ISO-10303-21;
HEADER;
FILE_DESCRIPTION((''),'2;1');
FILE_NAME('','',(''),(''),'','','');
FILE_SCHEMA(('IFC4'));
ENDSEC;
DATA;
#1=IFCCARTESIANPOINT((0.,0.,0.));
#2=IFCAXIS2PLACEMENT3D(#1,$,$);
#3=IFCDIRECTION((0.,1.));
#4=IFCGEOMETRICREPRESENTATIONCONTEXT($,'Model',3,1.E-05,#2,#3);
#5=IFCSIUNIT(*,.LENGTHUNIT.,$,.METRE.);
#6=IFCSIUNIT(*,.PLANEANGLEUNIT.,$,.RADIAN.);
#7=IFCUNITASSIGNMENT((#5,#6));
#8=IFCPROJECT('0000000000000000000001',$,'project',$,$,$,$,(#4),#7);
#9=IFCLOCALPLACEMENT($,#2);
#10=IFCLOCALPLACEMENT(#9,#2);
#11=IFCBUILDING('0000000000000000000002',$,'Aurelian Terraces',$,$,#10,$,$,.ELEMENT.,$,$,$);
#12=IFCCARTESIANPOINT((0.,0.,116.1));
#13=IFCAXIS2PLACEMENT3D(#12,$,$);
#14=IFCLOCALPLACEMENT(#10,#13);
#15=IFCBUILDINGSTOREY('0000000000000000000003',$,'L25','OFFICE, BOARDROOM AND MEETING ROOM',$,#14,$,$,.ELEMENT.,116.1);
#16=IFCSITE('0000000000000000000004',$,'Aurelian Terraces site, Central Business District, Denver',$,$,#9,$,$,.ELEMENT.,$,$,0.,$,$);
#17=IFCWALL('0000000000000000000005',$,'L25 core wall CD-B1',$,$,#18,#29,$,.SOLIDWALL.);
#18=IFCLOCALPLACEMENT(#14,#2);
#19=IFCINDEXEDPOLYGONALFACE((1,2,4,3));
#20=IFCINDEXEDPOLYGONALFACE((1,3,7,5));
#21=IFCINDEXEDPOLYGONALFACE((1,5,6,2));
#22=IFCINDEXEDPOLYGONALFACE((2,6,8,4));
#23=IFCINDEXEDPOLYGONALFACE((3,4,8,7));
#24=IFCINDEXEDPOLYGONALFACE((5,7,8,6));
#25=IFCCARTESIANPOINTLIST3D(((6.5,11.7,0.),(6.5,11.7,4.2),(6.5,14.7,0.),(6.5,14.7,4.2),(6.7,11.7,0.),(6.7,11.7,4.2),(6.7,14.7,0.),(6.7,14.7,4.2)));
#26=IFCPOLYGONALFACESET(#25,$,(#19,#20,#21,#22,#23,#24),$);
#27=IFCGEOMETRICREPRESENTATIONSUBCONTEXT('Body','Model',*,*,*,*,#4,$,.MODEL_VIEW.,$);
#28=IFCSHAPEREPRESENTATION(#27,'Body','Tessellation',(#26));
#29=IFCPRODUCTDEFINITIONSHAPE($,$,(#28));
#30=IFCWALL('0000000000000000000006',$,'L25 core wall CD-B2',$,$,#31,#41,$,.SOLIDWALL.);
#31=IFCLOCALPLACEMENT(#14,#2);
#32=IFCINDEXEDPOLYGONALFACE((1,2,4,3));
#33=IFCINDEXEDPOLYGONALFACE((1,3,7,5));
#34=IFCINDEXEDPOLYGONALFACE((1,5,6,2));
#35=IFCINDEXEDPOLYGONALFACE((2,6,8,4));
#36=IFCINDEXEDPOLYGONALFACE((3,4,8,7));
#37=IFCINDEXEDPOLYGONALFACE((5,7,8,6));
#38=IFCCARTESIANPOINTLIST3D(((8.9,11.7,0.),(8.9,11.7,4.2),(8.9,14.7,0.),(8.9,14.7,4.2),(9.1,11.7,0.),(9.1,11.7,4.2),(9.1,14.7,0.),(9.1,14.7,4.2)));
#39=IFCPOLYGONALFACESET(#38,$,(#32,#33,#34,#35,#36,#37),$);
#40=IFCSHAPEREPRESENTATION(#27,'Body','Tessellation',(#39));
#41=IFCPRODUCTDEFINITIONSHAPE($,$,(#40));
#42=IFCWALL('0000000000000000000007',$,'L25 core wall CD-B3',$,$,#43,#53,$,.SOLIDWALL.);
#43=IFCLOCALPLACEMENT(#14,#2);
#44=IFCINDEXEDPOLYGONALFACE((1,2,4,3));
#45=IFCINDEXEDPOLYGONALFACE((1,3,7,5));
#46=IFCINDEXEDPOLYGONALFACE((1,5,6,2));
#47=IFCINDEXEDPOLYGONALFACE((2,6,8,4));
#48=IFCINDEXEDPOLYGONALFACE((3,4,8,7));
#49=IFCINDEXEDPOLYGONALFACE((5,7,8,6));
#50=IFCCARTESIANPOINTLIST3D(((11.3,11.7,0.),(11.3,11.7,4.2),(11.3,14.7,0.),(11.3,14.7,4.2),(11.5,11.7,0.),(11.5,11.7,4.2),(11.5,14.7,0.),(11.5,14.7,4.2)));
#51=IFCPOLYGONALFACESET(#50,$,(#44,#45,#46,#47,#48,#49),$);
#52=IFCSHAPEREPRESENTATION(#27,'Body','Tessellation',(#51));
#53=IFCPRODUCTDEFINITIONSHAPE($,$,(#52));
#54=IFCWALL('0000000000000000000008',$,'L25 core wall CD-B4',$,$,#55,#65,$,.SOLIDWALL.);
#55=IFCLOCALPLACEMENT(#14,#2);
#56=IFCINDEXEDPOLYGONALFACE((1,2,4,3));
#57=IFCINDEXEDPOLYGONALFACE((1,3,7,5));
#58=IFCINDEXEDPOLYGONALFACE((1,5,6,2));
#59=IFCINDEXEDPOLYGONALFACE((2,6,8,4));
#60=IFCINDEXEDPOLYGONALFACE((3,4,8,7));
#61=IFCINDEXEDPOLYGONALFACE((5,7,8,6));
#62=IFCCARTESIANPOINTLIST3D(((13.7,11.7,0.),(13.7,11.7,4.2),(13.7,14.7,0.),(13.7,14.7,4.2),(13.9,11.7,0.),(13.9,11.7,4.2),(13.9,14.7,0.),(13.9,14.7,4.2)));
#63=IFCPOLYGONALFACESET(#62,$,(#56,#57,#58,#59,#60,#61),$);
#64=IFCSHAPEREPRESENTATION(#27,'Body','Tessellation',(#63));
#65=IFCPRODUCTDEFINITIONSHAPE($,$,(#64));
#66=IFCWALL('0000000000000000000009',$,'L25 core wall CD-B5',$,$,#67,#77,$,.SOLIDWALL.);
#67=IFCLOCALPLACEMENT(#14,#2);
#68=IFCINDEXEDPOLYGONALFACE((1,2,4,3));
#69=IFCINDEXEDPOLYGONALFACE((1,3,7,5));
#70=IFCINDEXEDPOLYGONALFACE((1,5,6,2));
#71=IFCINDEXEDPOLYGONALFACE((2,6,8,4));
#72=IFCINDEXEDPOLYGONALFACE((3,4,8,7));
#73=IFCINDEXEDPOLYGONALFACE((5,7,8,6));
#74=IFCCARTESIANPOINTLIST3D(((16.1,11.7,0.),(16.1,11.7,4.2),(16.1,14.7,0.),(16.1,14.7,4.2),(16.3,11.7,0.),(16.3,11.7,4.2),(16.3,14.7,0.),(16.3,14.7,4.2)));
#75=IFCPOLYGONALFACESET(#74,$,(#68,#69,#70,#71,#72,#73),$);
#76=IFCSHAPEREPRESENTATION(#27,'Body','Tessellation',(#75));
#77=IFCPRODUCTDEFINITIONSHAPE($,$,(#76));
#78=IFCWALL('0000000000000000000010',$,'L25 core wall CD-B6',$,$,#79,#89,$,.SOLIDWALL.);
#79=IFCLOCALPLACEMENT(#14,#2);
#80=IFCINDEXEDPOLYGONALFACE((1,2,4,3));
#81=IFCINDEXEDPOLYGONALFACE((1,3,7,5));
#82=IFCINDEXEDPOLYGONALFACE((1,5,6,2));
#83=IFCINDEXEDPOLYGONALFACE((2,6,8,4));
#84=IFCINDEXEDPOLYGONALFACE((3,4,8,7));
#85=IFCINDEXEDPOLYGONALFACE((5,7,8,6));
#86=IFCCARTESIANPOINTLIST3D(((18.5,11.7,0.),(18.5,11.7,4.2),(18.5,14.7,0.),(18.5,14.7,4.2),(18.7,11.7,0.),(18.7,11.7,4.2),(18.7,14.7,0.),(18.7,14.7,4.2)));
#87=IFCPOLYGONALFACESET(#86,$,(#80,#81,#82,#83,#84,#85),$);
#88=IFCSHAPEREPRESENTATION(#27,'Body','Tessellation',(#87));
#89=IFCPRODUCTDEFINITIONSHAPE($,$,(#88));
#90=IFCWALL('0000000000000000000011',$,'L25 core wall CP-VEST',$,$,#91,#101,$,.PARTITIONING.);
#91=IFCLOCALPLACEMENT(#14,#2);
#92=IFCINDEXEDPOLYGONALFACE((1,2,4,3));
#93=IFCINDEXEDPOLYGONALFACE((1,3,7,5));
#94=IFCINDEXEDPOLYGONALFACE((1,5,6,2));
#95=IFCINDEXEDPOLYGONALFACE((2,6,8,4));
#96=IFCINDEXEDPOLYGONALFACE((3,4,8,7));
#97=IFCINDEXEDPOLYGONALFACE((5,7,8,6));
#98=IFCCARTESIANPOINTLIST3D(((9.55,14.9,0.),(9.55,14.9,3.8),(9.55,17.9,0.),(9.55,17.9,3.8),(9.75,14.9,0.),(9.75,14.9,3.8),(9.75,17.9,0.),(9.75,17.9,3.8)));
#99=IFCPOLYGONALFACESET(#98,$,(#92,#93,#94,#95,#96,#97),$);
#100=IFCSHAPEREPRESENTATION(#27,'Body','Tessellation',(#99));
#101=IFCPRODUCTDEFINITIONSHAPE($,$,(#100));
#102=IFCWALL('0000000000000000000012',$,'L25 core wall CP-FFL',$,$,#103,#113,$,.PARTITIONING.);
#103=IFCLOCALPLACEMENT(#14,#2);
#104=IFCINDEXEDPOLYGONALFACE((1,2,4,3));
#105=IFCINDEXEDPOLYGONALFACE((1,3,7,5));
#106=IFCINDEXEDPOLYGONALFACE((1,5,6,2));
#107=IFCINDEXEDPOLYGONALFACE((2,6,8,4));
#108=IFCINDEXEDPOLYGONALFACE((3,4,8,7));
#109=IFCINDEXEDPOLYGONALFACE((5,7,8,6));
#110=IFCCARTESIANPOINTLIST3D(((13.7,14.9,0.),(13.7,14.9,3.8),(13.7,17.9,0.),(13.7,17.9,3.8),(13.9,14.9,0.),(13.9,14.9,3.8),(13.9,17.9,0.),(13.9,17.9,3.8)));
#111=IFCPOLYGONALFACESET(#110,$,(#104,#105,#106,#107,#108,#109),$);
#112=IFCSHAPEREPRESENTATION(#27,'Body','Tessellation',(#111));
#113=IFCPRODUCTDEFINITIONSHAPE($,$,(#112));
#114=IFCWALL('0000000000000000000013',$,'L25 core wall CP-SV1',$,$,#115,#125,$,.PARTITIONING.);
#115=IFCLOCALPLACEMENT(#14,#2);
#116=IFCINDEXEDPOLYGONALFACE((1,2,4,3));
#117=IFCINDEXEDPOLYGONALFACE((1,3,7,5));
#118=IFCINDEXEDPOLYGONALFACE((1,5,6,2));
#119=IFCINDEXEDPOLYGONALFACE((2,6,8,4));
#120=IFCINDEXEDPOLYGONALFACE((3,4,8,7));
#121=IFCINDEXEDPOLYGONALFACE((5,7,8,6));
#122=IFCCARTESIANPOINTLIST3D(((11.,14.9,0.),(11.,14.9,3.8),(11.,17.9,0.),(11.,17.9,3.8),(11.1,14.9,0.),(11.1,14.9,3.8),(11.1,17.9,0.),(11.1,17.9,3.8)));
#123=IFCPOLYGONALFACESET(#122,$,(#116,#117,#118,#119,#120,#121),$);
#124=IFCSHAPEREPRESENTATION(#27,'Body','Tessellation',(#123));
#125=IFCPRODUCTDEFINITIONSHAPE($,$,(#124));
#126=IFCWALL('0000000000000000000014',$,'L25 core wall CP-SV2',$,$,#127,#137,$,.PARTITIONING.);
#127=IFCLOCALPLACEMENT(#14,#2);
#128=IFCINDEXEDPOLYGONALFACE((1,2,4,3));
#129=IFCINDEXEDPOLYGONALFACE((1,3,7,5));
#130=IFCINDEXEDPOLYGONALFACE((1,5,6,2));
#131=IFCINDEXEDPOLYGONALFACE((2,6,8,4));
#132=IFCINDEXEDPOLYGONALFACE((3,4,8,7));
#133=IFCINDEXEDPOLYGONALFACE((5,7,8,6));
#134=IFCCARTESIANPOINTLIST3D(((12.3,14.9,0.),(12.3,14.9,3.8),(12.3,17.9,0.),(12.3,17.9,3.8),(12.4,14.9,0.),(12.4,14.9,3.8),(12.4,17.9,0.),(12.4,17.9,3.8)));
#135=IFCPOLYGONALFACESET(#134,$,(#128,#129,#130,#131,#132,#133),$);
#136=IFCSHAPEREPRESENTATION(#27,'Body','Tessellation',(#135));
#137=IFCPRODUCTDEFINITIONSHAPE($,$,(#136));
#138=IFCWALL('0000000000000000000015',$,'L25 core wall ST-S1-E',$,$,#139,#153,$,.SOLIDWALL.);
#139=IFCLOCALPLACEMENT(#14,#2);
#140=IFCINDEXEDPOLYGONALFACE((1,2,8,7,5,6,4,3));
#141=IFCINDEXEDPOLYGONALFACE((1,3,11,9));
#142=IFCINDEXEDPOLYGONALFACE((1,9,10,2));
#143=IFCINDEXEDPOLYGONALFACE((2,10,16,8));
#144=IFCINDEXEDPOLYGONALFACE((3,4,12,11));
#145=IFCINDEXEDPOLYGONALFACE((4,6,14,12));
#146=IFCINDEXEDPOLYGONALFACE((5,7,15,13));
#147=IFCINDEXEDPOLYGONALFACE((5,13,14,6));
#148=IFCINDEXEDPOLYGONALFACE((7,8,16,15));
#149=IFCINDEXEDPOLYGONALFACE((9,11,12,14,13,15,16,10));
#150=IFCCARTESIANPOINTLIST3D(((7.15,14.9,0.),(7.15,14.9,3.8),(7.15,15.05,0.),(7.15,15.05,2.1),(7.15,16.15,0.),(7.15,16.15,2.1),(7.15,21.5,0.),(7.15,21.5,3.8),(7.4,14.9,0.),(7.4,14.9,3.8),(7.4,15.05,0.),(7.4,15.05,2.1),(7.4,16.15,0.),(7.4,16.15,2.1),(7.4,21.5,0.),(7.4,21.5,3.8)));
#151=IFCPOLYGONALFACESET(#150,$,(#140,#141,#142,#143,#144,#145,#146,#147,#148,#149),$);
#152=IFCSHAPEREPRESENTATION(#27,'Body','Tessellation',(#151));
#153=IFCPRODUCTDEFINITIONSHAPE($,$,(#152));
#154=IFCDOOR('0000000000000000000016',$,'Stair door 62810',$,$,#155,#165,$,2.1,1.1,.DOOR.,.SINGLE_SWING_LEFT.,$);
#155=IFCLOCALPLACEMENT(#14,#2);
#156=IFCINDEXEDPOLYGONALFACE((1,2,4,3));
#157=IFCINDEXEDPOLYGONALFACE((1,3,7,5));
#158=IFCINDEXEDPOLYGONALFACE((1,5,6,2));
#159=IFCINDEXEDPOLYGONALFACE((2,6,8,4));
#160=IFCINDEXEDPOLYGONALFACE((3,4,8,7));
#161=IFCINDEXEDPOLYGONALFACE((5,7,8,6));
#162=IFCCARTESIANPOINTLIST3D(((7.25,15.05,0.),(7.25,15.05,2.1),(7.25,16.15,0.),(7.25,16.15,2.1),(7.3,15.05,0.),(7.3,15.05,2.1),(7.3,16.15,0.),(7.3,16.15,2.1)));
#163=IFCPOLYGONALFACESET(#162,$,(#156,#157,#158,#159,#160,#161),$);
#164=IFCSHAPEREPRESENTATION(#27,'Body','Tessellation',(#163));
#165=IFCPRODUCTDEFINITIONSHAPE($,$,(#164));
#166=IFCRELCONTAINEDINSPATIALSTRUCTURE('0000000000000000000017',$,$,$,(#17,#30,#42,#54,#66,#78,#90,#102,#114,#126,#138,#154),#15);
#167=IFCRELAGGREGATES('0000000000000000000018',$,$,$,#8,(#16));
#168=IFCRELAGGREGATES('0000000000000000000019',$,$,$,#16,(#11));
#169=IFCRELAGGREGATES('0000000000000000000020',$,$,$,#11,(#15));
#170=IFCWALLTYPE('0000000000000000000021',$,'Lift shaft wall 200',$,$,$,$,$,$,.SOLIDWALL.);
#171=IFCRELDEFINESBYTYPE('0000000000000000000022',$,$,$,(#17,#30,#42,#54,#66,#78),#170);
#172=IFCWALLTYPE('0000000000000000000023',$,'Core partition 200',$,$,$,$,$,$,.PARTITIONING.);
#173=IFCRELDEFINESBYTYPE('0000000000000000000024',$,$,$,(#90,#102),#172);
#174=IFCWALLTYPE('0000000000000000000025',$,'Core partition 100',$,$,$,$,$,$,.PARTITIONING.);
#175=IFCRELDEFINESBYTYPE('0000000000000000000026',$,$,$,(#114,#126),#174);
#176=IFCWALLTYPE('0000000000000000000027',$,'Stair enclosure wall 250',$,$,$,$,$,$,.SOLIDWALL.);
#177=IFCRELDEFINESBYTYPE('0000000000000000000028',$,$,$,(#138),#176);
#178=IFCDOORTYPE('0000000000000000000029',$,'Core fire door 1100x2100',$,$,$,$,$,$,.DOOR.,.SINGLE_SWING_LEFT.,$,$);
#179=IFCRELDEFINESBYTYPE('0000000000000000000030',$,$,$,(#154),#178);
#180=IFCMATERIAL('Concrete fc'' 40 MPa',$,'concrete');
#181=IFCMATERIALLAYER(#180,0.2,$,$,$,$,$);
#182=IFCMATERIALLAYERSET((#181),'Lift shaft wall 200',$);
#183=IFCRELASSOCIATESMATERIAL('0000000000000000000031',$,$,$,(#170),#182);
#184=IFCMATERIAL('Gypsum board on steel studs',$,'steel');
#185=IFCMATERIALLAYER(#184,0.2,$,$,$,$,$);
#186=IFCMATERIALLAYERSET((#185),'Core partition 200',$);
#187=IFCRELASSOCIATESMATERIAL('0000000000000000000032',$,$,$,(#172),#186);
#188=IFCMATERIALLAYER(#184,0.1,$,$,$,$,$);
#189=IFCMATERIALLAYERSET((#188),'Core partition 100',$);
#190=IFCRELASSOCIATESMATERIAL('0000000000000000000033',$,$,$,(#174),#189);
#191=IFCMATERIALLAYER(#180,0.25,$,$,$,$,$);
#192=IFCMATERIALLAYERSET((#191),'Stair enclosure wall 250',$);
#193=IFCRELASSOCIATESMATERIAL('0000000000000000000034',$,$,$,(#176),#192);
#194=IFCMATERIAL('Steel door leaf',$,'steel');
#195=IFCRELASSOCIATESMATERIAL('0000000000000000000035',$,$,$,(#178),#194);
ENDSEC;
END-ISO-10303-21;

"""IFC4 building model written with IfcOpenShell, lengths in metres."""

from ifc_helpers import new_model, si_unit, direction, frame, frame_2d, origin, place, context, subcontext, project, spatial, rectangle, extrude, source, transform, mapped, material, layer, layer_set, type_object, element, fill, save


model = new_model("IFC4")

# Units and contexts
model_context = context("Model", 3, precision=1e-05, world=origin(), true_north=direction((0.0, 1.0)))
body_context = subcontext(model_context, "Body", "Model", "MODEL_VIEW")
ifc_project = project(units=[si_unit("LENGTHUNIT", "METRE"), si_unit("PLANEANGLEUNIT", "RADIAN")], contexts=[model_context])

# Site, building, storey
site_placement = place(None, origin())
site = spatial("IfcSite", under=ifc_project, at=site_placement, Name="Aurelian Terraces site, Central Business District, Denver", CompositionType="ELEMENT", RefElevation=0.0)
building_placement = place(site_placement, origin())
building = spatial("IfcBuilding", under=site, at=building_placement, Name="Aurelian Terraces", CompositionType="ELEMENT")
storey_placement = place(building_placement, frame((0.0, 0.0, 116.1)))
storey = spatial("IfcBuildingStorey", under=building, at=storey_placement, Name="L25", Description="OFFICE, BOARDROOM AND MEETING ROOM", CompositionType="ELEMENT", Elevation=116.1)

# Walls
ifc_material_1 = material(Name="Concrete fc' 40 MPa", Category="concrete")
ifc_layer_1 = layer(ifc_material_1, 0.2)
ifc_layer_set_1 = layer_set([ifc_layer_1], Name="Lift shaft wall 200")
wall_type_1 = type_object("IfcWallType", Name="Lift shaft wall 200", PredefinedType="SOLIDWALL", material=ifc_layer_set_1)
shared_shape_1 = source(origin(), body_context, "Body", "SweptSolid", [
    extrude(rectangle(XDim=3.0, YDim=0.2, at=frame_2d((1.5, 0.0))), origin(), (0.0, 0.0, 1.0), 4.2),
])
for number, where, z_axis, x_axis, name in (
    (1, (6.6, 11.7, 0.0), (0.0, 0.0, 1.0), (0.0, 1.0, 0.0), "L25 core wall CD-B1"),
    (2, (9.0, 11.7, 0.0), (0.0, 0.0, 1.0), (0.0, 1.0, 0.0), "L25 core wall CD-B2"),
    (3, (11.4, 11.7, 0.0), (0.0, 0.0, 1.0), (0.0, 1.0, 0.0), "L25 core wall CD-B3"),
    (4, (13.8, 11.7, 0.0), (0.0, 0.0, 1.0), (0.0, 1.0, 0.0), "L25 core wall CD-B4"),
    (5, (16.2, 11.7, 0.0), (0.0, 0.0, 1.0), (0.0, 1.0, 0.0), "L25 core wall CD-B5"),
    (6, (18.6, 11.7, 0.0), (0.0, 0.0, 1.0), (0.0, 1.0, 0.0), "L25 core wall CD-B6"),
):
    element("IfcWall", number, at=place(storey_placement, frame(where, z_axis=z_axis, x_axis=x_axis)), inside=storey, type_object=wall_type_1, Name=name, PredefinedType="SOLIDWALL", context=body_context, shape_type="MappedRepresentation", body=[
        mapped(shared_shape_1, transform((0.0, 0.0, 0.0), scale=1.0)),
    ])
ifc_material_2 = material(Name="Gypsum board on steel studs", Category="steel")
ifc_layer_2 = layer(ifc_material_2, 0.2)
ifc_layer_set_2 = layer_set([ifc_layer_2], Name="Core partition 200")
wall_type_2 = type_object("IfcWallType", Name="Core partition 200", PredefinedType="PARTITIONING", material=ifc_layer_set_2)
shared_shape_2 = source(origin(), body_context, "Body", "SweptSolid", [
    extrude(rectangle(XDim=3.0, YDim=0.2, at=frame_2d((1.5, 0.0))), origin(), (0.0, 0.0, 1.0), 3.8),
])
for number, where, z_axis, x_axis, name in (
    (7, (9.65, 14.9, 0.0), (0.0, 0.0, 1.0), (0.0, 1.0, 0.0), "L25 core wall CP-VEST"),
    (8, (13.8, 14.9, 0.0), (0.0, 0.0, 1.0), (0.0, 1.0, 0.0), "L25 core wall CP-FFL"),
):
    element("IfcWall", number, at=place(storey_placement, frame(where, z_axis=z_axis, x_axis=x_axis)), inside=storey, type_object=wall_type_2, Name=name, PredefinedType="PARTITIONING", context=body_context, shape_type="MappedRepresentation", body=[
        mapped(shared_shape_2, transform((0.0, 0.0, 0.0), scale=1.0)),
    ])
ifc_layer_3 = layer(ifc_material_2, 0.1)
ifc_layer_set_3 = layer_set([ifc_layer_3], Name="Core partition 100")
wall_type_3 = type_object("IfcWallType", Name="Core partition 100", PredefinedType="PARTITIONING", material=ifc_layer_set_3)
shared_shape_3 = source(origin(), body_context, "Body", "SweptSolid", [
    extrude(rectangle(XDim=3.0, YDim=0.1, at=frame_2d((1.5, 0.0))), origin(), (0.0, 0.0, 1.0), 3.8),
])
for number, where, z_axis, x_axis, name in (
    (9, (11.05, 14.9, 0.0), (0.0, 0.0, 1.0), (0.0, 1.0, 0.0), "L25 core wall CP-SV1"),
    (10, (12.35, 14.9, 0.0), (0.0, 0.0, 1.0), (0.0, 1.0, 0.0), "L25 core wall CP-SV2"),
):
    element("IfcWall", number, at=place(storey_placement, frame(where, z_axis=z_axis, x_axis=x_axis)), inside=storey, type_object=wall_type_3, Name=name, PredefinedType="PARTITIONING", context=body_context, shape_type="MappedRepresentation", body=[
        mapped(shared_shape_3, transform((0.0, 0.0, 0.0), scale=1.0)),
    ])

# Wall, opening, door
ifc_layer_4 = layer(ifc_material_1, 0.25)
ifc_layer_set_4 = layer_set([ifc_layer_4], Name="Stair enclosure wall 250")
wall_type_4 = type_object("IfcWallType", Name="Stair enclosure wall 250", PredefinedType="SOLIDWALL", material=ifc_layer_set_4)
shared_shape_4 = source(origin(), body_context, "Body", "SweptSolid", [
    extrude(rectangle(XDim=6.6, YDim=0.25, at=frame_2d((3.3, 0.0))), origin(), (0.0, 0.0, 1.0), 3.8),
])
wall_1_placement = place(storey_placement, frame((7.275, 14.9, 0.0), z_axis=(0.0, 0.0, 1.0), x_axis=(0.0, 1.0, 0.0)))
wall_1 = element("IfcWall", 11, at=wall_1_placement, inside=storey, type_object=wall_type_4, Name="L25 core wall ST-S1-E", PredefinedType="SOLIDWALL", context=body_context, shape_type="MappedRepresentation", body=[
    mapped(shared_shape_4, transform((0.0, 0.0, 0.0), scale=1.0)),
])
shared_shape_5 = source(origin(), body_context, "Body", "SweptSolid", [
    extrude(rectangle(XDim=1.1, YDim=2.1, at=frame_2d((0.55, 1.05))), frame((0.0, 0.135, 0.0), z_axis=(0.0, -1.0, 0.0), x_axis=(1.0, 0.0, 0.0)), (0.0, 0.0, 1.0), 0.27),
])
opening_1_placement = place(wall_1_placement, frame((0.15, 0.0, 0.0)))
opening_1 = element("IfcOpeningElement", 12, at=opening_1_placement, cuts=wall_1, PredefinedType="OPENING", context=body_context, shape_type="MappedRepresentation", body=[
    mapped(shared_shape_5, transform((0.0, 0.0, 0.0), scale=1.0)),
])
ifc_material_3 = material(Name="Steel door leaf", Category="steel")
door_type_1 = type_object("IfcDoorType", Name="Core fire door 1100x2100", OperationType="SINGLE_SWING_LEFT", PredefinedType="DOOR", material=ifc_material_3)
shared_shape_6 = source(origin(), body_context, "Body", "SweptSolid", [
    extrude(rectangle(XDim=1.1, YDim=2.1, at=frame_2d((0.55, 1.05))), frame((0.0, 0.025, 0.0), z_axis=(0.0, -1.0, 0.0), x_axis=(1.0, 0.0, 0.0)), (0.0, 0.0, 1.0), 0.05),
])
door_1_placement = place(opening_1_placement, origin())
door_1 = element("IfcDoor", 13, at=door_1_placement, inside=storey, type_object=door_type_1, Name="Stair door 62810", OperationType="SINGLE_SWING_LEFT", OverallHeight=2.1, OverallWidth=1.1, PredefinedType="DOOR", context=body_context, shape_type="MappedRepresentation", body=[
    mapped(shared_shape_6, transform((0.0, 0.0, 0.0), scale=1.0)),
])
fill(opening_1, door_1)

save(model, "model.ifc")
